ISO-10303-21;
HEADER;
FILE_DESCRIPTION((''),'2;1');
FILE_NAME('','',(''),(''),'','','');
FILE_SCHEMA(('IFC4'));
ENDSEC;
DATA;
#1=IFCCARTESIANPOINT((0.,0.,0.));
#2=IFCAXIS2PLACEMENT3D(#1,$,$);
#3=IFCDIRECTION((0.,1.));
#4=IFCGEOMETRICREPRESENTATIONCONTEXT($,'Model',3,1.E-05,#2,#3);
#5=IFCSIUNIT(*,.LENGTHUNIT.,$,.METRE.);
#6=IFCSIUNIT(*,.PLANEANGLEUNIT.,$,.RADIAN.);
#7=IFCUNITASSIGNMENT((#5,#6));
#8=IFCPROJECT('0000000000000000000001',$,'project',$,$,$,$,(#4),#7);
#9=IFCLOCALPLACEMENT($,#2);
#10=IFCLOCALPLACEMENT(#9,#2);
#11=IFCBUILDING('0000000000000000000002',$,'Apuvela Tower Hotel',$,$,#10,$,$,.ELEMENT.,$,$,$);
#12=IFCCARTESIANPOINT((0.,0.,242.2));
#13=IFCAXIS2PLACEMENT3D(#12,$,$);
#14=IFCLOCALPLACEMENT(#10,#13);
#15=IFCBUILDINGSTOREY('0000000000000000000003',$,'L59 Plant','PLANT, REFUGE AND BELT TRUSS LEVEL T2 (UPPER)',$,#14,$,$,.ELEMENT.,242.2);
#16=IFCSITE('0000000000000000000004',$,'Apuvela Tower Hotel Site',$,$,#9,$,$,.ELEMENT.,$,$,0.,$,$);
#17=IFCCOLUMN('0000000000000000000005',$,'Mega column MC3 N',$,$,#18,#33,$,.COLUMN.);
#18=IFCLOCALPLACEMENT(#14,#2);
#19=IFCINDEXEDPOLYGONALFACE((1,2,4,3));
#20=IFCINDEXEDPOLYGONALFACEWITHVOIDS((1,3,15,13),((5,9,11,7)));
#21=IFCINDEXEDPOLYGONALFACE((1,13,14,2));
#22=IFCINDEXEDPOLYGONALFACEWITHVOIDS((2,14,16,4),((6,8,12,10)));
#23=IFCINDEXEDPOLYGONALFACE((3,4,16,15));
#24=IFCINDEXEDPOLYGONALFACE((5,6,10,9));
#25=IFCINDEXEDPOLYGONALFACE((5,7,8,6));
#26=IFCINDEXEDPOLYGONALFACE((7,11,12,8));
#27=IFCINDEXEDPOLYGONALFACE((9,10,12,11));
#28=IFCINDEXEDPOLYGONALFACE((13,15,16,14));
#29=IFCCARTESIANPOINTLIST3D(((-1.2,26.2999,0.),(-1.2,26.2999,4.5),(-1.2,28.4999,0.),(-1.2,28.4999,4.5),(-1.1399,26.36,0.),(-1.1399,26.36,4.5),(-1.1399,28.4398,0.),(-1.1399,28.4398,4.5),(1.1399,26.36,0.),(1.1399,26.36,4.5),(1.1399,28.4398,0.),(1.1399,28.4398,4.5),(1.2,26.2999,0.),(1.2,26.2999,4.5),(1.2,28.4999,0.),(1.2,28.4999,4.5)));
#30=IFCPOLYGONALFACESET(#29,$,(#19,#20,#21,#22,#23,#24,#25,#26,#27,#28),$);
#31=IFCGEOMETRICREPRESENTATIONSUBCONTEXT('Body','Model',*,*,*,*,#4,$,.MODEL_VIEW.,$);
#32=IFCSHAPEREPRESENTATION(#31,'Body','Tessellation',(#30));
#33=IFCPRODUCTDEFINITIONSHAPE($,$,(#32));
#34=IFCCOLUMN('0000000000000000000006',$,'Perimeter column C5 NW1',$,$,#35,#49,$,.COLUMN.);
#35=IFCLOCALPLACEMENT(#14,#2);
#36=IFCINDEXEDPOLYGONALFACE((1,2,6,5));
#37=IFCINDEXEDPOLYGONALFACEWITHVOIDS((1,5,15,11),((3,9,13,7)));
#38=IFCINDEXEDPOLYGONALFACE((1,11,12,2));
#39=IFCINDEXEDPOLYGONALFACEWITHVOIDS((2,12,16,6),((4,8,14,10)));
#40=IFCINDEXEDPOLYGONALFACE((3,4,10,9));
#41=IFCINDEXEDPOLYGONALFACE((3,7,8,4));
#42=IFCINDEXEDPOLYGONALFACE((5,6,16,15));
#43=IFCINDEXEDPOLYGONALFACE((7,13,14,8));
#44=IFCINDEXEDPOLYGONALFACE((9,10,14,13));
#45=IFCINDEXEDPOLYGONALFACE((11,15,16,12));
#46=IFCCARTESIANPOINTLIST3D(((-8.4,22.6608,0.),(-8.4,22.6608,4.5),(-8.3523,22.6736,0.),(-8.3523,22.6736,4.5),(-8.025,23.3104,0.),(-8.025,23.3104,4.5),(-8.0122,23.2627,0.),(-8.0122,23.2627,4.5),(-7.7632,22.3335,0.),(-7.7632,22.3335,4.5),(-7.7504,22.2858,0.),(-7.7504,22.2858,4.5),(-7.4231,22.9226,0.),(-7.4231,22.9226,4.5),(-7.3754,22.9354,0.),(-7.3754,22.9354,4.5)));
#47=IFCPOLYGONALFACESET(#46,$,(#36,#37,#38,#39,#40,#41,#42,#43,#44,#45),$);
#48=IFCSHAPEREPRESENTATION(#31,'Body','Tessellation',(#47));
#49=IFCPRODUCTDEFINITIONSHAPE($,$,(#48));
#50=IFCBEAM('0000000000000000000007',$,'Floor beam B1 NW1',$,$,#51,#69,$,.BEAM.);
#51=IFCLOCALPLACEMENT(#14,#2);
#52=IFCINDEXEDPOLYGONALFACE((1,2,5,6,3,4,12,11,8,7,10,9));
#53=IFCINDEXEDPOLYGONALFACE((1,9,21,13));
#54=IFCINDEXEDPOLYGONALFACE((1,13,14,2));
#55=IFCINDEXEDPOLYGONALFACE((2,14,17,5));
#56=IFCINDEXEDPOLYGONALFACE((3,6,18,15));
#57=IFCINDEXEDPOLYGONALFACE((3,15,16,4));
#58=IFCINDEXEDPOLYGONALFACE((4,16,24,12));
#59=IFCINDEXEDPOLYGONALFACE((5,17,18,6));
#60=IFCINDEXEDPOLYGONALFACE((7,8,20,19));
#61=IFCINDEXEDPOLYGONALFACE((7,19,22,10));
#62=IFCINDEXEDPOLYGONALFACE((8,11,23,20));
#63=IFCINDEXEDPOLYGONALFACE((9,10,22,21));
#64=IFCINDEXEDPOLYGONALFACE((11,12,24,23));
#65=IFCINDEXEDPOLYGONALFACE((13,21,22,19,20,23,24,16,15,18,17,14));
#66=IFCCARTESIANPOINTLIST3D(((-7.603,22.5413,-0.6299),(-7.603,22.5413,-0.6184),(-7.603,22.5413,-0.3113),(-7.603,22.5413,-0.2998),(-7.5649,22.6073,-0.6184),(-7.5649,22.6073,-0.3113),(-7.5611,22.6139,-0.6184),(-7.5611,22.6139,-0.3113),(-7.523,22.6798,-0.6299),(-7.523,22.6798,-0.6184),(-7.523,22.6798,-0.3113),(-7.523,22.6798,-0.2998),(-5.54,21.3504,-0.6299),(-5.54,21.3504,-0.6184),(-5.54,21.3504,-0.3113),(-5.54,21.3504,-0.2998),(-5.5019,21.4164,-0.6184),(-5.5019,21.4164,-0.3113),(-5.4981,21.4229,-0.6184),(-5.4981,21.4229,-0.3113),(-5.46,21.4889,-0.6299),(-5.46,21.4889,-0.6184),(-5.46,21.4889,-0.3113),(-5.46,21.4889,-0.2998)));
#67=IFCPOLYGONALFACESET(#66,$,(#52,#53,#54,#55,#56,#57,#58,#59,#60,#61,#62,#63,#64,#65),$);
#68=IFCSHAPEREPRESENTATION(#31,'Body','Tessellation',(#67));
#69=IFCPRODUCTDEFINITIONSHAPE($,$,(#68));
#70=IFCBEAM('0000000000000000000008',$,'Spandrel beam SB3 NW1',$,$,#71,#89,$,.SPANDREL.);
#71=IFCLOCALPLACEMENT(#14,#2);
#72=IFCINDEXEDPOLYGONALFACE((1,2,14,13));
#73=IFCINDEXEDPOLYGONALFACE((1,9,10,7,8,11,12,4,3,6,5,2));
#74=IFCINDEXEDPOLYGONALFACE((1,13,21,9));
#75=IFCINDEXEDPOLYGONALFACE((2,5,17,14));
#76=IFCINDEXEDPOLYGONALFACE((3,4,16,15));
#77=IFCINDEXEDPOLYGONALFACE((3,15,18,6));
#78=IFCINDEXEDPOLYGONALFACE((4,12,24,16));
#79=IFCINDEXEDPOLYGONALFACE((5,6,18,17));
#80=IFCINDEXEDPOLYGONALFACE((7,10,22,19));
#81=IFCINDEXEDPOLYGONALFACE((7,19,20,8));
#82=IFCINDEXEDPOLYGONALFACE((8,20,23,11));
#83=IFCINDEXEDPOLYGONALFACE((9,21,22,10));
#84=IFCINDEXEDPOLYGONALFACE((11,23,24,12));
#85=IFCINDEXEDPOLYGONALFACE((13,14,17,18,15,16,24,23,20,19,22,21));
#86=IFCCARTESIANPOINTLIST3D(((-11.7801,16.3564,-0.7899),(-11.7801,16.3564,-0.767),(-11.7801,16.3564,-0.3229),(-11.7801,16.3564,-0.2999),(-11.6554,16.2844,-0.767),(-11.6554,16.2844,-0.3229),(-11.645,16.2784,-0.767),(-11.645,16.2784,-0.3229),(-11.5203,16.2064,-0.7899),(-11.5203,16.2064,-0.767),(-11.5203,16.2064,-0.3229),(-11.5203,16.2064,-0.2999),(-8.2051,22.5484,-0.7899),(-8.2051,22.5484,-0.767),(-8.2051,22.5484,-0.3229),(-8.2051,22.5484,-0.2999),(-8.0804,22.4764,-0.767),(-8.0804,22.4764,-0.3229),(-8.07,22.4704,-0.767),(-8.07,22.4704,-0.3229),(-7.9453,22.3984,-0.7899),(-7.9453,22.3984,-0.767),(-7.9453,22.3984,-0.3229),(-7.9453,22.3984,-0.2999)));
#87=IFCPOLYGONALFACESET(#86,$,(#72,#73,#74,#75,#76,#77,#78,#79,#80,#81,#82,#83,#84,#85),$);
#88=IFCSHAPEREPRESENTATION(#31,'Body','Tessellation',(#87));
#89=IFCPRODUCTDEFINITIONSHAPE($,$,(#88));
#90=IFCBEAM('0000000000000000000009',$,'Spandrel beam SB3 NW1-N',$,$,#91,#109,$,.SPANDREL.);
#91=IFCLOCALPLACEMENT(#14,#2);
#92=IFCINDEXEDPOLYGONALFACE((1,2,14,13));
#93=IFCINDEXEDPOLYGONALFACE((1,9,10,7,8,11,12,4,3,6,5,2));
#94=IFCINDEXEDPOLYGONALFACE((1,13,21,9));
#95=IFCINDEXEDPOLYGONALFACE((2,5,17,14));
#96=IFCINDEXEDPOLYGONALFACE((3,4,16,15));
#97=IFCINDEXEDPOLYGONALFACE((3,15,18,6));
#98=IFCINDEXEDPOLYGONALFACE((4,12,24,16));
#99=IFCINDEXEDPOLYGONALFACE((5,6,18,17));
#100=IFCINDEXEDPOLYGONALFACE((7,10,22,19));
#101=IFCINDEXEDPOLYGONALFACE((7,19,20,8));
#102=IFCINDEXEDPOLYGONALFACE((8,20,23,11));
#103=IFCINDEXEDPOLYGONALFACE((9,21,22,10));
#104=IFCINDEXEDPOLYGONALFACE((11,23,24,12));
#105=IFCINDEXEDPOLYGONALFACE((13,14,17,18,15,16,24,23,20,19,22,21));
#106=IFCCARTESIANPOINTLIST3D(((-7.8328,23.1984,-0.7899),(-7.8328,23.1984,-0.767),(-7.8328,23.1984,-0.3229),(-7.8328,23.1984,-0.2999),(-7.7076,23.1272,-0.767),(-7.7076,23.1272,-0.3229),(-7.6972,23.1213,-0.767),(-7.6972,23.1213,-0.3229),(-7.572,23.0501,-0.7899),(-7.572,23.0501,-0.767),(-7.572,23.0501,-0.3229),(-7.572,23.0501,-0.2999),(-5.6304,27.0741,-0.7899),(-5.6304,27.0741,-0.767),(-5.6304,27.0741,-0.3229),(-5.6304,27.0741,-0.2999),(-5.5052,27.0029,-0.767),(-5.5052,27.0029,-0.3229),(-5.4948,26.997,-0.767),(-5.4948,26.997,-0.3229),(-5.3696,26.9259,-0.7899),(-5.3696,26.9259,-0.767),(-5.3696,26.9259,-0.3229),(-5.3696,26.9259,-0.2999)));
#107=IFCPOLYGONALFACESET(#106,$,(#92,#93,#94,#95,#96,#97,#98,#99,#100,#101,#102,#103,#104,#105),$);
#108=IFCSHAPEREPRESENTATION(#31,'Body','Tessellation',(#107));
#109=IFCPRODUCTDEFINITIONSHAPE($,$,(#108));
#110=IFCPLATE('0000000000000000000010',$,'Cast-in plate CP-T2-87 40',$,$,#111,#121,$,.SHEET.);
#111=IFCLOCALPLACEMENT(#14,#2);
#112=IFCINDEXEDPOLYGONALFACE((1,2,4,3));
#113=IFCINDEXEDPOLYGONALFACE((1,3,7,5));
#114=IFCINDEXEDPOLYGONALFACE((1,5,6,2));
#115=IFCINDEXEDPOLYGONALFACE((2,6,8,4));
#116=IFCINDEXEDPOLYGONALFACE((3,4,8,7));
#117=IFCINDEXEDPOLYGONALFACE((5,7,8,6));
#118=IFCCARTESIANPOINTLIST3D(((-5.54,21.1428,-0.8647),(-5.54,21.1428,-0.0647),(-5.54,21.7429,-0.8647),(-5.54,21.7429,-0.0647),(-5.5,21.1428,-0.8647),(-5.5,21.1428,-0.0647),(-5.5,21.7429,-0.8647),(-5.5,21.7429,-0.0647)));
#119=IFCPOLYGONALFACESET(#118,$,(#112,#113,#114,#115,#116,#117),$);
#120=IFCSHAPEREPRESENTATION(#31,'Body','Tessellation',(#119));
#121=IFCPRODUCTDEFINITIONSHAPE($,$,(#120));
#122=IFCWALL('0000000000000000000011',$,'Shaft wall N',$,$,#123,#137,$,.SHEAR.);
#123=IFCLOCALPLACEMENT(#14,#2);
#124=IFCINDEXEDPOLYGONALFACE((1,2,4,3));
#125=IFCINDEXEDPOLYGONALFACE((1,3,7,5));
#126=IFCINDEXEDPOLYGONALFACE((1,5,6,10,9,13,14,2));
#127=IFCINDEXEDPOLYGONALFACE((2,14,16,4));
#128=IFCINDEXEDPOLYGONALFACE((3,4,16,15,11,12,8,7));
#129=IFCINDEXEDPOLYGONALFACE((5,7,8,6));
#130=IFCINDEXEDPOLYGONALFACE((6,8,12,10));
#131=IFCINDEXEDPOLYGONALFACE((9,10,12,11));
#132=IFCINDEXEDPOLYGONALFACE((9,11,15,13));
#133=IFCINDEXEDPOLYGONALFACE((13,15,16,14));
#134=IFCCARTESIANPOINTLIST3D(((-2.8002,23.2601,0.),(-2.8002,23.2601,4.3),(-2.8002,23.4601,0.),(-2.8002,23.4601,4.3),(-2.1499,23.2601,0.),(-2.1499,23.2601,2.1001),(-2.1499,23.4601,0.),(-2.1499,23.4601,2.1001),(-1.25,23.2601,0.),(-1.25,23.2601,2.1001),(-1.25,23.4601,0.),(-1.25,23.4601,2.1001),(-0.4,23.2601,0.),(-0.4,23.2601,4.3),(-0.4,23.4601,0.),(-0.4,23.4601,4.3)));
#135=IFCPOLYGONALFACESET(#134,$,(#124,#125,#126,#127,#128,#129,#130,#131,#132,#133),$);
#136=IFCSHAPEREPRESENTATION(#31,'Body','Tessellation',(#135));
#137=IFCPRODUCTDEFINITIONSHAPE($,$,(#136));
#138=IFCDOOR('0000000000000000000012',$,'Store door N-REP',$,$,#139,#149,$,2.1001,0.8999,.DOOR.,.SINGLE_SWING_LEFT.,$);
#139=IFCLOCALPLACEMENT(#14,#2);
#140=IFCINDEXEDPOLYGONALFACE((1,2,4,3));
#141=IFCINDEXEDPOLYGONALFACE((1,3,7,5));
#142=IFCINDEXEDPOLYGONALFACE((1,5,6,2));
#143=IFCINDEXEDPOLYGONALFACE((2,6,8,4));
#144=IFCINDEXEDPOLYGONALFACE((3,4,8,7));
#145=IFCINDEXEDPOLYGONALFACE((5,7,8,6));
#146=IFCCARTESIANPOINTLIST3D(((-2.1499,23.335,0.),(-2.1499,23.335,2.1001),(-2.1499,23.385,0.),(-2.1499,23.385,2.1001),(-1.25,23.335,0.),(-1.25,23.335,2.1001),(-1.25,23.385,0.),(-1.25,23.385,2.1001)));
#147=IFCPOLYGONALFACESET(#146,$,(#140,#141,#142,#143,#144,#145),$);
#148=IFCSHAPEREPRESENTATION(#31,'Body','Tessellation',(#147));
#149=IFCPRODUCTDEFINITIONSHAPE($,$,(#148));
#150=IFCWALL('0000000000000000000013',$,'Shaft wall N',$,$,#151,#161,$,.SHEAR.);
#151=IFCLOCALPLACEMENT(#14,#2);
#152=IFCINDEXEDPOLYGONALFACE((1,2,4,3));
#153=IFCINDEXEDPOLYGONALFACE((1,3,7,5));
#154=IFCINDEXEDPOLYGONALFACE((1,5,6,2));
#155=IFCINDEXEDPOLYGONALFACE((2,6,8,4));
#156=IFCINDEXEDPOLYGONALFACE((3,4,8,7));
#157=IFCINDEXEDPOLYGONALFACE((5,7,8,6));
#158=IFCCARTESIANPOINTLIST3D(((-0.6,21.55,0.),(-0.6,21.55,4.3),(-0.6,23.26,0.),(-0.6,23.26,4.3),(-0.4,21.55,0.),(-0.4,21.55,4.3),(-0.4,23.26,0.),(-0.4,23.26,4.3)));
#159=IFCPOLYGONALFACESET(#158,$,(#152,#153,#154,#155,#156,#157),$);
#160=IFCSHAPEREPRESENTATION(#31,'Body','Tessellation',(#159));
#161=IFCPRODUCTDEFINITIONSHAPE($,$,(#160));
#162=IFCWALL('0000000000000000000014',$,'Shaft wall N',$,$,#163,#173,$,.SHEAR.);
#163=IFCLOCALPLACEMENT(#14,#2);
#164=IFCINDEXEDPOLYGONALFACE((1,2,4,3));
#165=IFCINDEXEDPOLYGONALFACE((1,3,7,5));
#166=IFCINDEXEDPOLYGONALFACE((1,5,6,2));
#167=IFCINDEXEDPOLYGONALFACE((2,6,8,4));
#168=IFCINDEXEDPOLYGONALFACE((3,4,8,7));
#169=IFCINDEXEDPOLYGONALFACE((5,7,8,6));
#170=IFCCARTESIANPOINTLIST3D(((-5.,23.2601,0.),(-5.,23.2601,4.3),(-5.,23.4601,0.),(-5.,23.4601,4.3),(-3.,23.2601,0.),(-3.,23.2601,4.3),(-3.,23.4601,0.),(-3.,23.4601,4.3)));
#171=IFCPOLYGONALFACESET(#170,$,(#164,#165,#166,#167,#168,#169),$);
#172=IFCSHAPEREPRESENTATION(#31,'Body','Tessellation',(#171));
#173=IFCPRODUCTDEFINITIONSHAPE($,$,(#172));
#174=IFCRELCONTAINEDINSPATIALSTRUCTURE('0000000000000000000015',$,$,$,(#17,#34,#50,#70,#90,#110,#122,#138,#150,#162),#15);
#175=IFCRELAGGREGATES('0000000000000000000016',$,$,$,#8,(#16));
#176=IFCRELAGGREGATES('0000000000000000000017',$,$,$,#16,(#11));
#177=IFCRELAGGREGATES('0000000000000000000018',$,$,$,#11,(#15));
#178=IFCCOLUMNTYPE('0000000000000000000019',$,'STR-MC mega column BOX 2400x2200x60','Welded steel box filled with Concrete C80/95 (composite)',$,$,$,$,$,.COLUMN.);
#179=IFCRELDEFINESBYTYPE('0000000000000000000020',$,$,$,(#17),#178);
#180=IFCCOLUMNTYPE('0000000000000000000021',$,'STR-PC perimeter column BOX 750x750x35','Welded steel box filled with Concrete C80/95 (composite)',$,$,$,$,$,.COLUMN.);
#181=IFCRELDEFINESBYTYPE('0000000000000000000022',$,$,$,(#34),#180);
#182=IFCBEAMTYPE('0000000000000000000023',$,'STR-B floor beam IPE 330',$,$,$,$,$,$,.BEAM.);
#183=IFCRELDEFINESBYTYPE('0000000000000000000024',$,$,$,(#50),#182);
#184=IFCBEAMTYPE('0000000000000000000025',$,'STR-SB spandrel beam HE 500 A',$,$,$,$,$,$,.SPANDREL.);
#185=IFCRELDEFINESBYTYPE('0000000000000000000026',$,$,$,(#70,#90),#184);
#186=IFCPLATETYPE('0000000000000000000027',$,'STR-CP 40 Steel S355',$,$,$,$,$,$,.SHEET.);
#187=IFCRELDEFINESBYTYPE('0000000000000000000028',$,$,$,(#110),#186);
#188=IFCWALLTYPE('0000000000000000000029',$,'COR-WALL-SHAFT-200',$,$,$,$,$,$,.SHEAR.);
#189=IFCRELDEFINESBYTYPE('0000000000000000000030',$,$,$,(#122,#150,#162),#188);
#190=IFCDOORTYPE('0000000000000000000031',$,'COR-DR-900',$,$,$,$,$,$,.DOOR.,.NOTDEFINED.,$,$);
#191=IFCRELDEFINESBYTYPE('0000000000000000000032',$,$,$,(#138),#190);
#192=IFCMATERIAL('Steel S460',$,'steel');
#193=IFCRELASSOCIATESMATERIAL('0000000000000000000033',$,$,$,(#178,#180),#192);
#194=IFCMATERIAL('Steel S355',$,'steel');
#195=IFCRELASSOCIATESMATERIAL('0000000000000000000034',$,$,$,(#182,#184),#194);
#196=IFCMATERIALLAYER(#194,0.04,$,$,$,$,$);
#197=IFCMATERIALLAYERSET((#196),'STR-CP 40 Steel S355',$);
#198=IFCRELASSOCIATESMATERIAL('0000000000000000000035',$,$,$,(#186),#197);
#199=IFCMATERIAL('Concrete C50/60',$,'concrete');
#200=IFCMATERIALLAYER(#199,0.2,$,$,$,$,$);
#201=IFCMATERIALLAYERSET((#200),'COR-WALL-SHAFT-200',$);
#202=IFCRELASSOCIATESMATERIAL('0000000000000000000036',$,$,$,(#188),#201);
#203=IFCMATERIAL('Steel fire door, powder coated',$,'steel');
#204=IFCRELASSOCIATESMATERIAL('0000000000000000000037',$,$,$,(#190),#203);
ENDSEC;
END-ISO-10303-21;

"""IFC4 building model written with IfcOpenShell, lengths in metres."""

from ifc_helpers import new_model, si_unit, direction, frame, frame_2d, origin, origin_2d, place, context, subcontext, project, spatial, rectangle, hollow_rectangle, i_section, extrude, material, layer, layer_set, material_profile, profile_set, type_object, element, fill, save


model = new_model("IFC4")

# Units and contexts
model_context = context("Model", 3, precision=1e-05, world=origin(), true_north=direction((0.0, 1.0)))
body_context = subcontext(model_context, "Body", "Model", "MODEL_VIEW")
ifc_project = project(units=[si_unit("LENGTHUNIT", "METRE"), si_unit("PLANEANGLEUNIT", "RADIAN")], contexts=[model_context])

# Site, building, storey
site_placement = place(None, origin())
site = spatial("IfcSite", under=ifc_project, at=site_placement, Name="Apuvela Tower Hotel Site", CompositionType="ELEMENT", RefElevation=0.0)
building_placement = place(site_placement, origin())
building = spatial("IfcBuilding", under=site, at=building_placement, Name="Apuvela Tower Hotel", CompositionType="ELEMENT")
storey_placement = place(building_placement, frame((0.0, 0.0, 242.2)))
storey = spatial("IfcBuildingStorey", under=building, at=storey_placement, Name="L59 Plant", Description="PLANT, REFUGE AND BELT TRUSS LEVEL T2 (UPPER)", CompositionType="ELEMENT", Elevation=242.2)

# Columns
ifc_material_1 = material(Name="Steel S460", Category="steel")
ifc_material_profile_1 = material_profile(ifc_material_1, hollow_rectangle(XDim=2.3999, YDim=2.2, WallThickness=0.0601, at=origin_2d()), Name="BOX 2400x2200x60")
ifc_material_2 = material(Name="Concrete C80/95", Category="concrete")
ifc_material_profile_2 = material_profile(ifc_material_2, rectangle(XDim=2.28, YDim=2.0801, at=origin_2d()), Name="Concrete C80/95 infill")
ifc_profile_set_1 = profile_set([ifc_material_profile_1, ifc_material_profile_2], Name="Steel S460")
column_type_1 = type_object("IfcColumnType", Name="STR-MC mega column BOX 2400x2200x60", Description="Welded steel box filled with Concrete C80/95 (composite)", PredefinedType="COLUMN", material=ifc_profile_set_1)
column_1_placement = place(storey_placement, frame((0.0, 27.3999, 0.0), z_axis=(0.0, 0.0, 1.0), x_axis=(1.0, 0.0, 0.0)))
element("IfcColumn", 1, at=column_1_placement, inside=storey, type_object=column_type_1, Name="Mega column MC3 N", PredefinedType="COLUMN", context=body_context, shape_type="SweptSolid", body=[
    extrude(hollow_rectangle(XDim=2.3999, YDim=2.2, WallThickness=0.0601, at=origin_2d()), origin(), (0.0, 0.0, 1.0), 4.5),
])
ifc_material_profile_3 = material_profile(ifc_material_1, hollow_rectangle(XDim=0.75, YDim=0.75, WallThickness=0.0349, at=origin_2d()), Name="BOX 750x750x35")
ifc_material_profile_4 = material_profile(ifc_material_2, rectangle(XDim=0.6799, YDim=0.6799, at=origin_2d()), Name="Concrete C80/95 infill")
ifc_profile_set_2 = profile_set([ifc_material_profile_3, ifc_material_profile_4], Name="Steel S460")
column_type_2 = type_object("IfcColumnType", Name="STR-PC perimeter column BOX 750x750x35", Description="Welded steel box filled with Concrete C80/95 (composite)", PredefinedType="COLUMN", material=ifc_profile_set_2)
column_2_placement = place(storey_placement, frame((-7.8877, 22.7981, 0.0), z_axis=(0.0, 0.0, 1.0), x_axis=(0.5, 0.866025, 0.0)))
element("IfcColumn", 2, at=column_2_placement, inside=storey, type_object=column_type_2, Name="Perimeter column C5 NW1", PredefinedType="COLUMN", context=body_context, shape_type="SweptSolid", body=[
    extrude(hollow_rectangle(XDim=0.75, YDim=0.75, WallThickness=0.0349, at=origin_2d()), origin(), (0.0, 0.0, 1.0), 4.5),
])

# Beams
ifc_material_3 = material(Name="Steel S355", Category="steel")
ifc_material_profile_5 = material_profile(ifc_material_3, i_section(OverallWidth=0.1599, OverallDepth=0.3301, WebThickness=0.0076, FlangeThickness=0.0115, at=origin_2d()), Name="IPE 330")
ifc_profile_set_3 = profile_set([ifc_material_profile_5], Name="Steel S355")
beam_type_1 = type_object("IfcBeamType", Name="STR-B floor beam IPE 330", PredefinedType="BEAM", material=ifc_profile_set_3)
beam_1_placement = place(storey_placement, frame((-7.563, 22.6106, -0.4648), z_axis=(0.866052, -0.499953, 0.0), x_axis=(0.499953, 0.866052, 0.0)))
element("IfcBeam", 3, at=beam_1_placement, inside=storey, type_object=beam_type_1, Name="Floor beam B1 NW1", PredefinedType="BEAM", context=body_context, shape_type="SweptSolid", body=[
    extrude(i_section(OverallWidth=0.1599, OverallDepth=0.3301, WebThickness=0.0076, FlangeThickness=0.0115, at=origin_2d()), origin(), (0.0, 0.0, 1.0), 2.3821),
])
ifc_material_profile_6 = material_profile(ifc_material_3, i_section(OverallWidth=0.3, OverallDepth=0.49, WebThickness=0.012, FlangeThickness=0.0229, at=origin_2d()), Name="HE 500 A")
ifc_profile_set_4 = profile_set([ifc_material_profile_6], Name="Steel S355")
beam_type_2 = type_object("IfcBeamType", Name="STR-SB spandrel beam HE 500 A", PredefinedType="SPANDREL", material=ifc_profile_set_4)
beam_2_placement = place(storey_placement, frame((-8.0752, 22.4734, -0.5449), z_axis=(-0.500006, -0.866022, 0.0), x_axis=(0.866022, -0.500006, 0.0)))
element("IfcBeam", 4, at=beam_2_placement, inside=storey, type_object=beam_type_2, Name="Spandrel beam SB3 NW1", PredefinedType="SPANDREL", context=body_context, shape_type="SweptSolid", body=[
    extrude(i_section(OverallWidth=0.3, OverallDepth=0.49, WebThickness=0.012, FlangeThickness=0.0229, at=origin_2d()), origin(), (0.0, 0.0, 1.0), 7.1499),
])
beam_3_placement = place(storey_placement, frame((-7.7024, 23.1243, -0.5449), z_axis=(0.494056, 0.86943, 0.0), x_axis=(-0.86943, 0.494056, 0.0)))
element("IfcBeam", 5, at=beam_3_placement, inside=storey, type_object=beam_type_2, Name="Spandrel beam SB3 NW1-N", PredefinedType="SPANDREL", context=body_context, shape_type="SweptSolid", body=[
    extrude(i_section(OverallWidth=0.3, OverallDepth=0.49, WebThickness=0.012, FlangeThickness=0.0229, at=origin_2d()), origin(), (0.0, 0.0, 1.0), 4.4578),
])

# Plate
ifc_layer_1 = layer(ifc_material_3, 0.04)
ifc_layer_set_1 = layer_set([ifc_layer_1], Name="STR-CP 40 Steel S355")
plate_type = type_object("IfcPlateType", Name="STR-CP 40 Steel S355", PredefinedType="SHEET", material=ifc_layer_set_1)
plate_placement = place(storey_placement, frame((-5.52, 21.4429, -0.8647), z_axis=(0.0, 0.0, 1.0), x_axis=(1.0, 0.0, 0.0)))
element("IfcPlate", 6, at=plate_placement, inside=storey, type_object=plate_type, Name="Cast-in plate CP-T2-87 40", PredefinedType="SHEET", context=body_context, shape_type="SweptSolid", body=[
    extrude(rectangle(XDim=0.04, YDim=0.6001, at=origin_2d()), origin(), (0.0, 0.0, 1.0), 0.8),
])

# Wall, opening, door
ifc_material_4 = material(Name="Concrete C50/60", Category="concrete")
ifc_layer_2 = layer(ifc_material_4, 0.2)
ifc_layer_set_2 = layer_set([ifc_layer_2], Name="COR-WALL-SHAFT-200")
wall_type_1 = type_object("IfcWallType", Name="COR-WALL-SHAFT-200", PredefinedType="SHEAR", material=ifc_layer_set_2)
wall_1_placement = place(storey_placement, frame((-0.3999, 23.3601, 0.0), z_axis=(0.0, 0.0, 1.0), x_axis=(-1.0, 0.0, 0.0)))
wall_1 = element("IfcWall", 7, at=wall_1_placement, inside=storey, type_object=wall_type_1, Name="Shaft wall N", PredefinedType="SHEAR", context=body_context, shape_type="SweptSolid", body=[
    extrude(rectangle(XDim=2.4001, YDim=0.2, at=frame_2d((1.2002, 0.0))), origin(), (0.0, 0.0, 1.0), 4.3),
])
opening_placement = place(wall_1_placement, frame((0.8501, 0.0, 0.0)))
opening = element("IfcOpeningElement", 8, at=opening_placement, cuts=wall_1, PredefinedType="OPENING", context=body_context, shape_type="SweptSolid", body=[
    extrude(rectangle(XDim=0.8999, YDim=2.1001, at=frame_2d((0.45, 1.05))), frame((0.0, 0.1099, 0.0), z_axis=(0.0, -1.0, 0.0), x_axis=(1.0, 0.0, 0.0)), (0.0, 0.0, 1.0), 0.22),
])
ifc_material_5 = material(Name="Steel fire door, powder coated", Category="steel")
door_type = type_object("IfcDoorType", Name="COR-DR-900", OperationType="NOTDEFINED", PredefinedType="DOOR", material=ifc_material_5)
door_placement = place(opening_placement, frame((0.8999, 0.0, 0.0), z_axis=(0.0, 0.0, 1.0), x_axis=(-1.0, 0.0, 0.0)))
door = element("IfcDoor", 9, at=door_placement, inside=storey, type_object=door_type, Name="Store door N-REP", OperationType="SINGLE_SWING_LEFT", OverallHeight=2.1001, OverallWidth=0.8999, PredefinedType="DOOR", context=body_context, shape_type="SweptSolid", body=[
    extrude(rectangle(XDim=0.8999, YDim=2.1001, at=frame_2d((0.45, 1.05))), frame((0.0, 0.0249, 0.0), z_axis=(0.0, -1.0, 0.0), x_axis=(1.0, 0.0, 0.0)), (0.0, 0.0, 1.0), 0.05),
])
fill(opening, door)

# Walls
wall_2_placement = place(storey_placement, frame((-0.5, 21.55, 0.0), z_axis=(0.0, 0.0, 1.0), x_axis=(0.0, 1.0, 0.0)))
element("IfcWall", 10, at=wall_2_placement, inside=storey, type_object=wall_type_1, Name="Shaft wall N", PredefinedType="SHEAR", context=body_context, shape_type="SweptSolid", body=[
    extrude(rectangle(XDim=1.71, YDim=0.2, at=frame_2d((0.855, 0.0))), origin(), (0.0, 0.0, 1.0), 4.3),
])
wall_3_placement = place(storey_placement, frame((-3.0, 23.3601, 0.0), z_axis=(0.0, 0.0, 1.0), x_axis=(-1.0, 0.0, 0.0)))
element("IfcWall", 11, at=wall_3_placement, inside=storey, type_object=wall_type_1, Name="Shaft wall N", PredefinedType="SHEAR", context=body_context, shape_type="SweptSolid", body=[
    extrude(rectangle(XDim=2.0, YDim=0.2, at=frame_2d((1.0, 0.0))), origin(), (0.0, 0.0, 1.0), 4.3),
])

save(model, "model.ifc")
